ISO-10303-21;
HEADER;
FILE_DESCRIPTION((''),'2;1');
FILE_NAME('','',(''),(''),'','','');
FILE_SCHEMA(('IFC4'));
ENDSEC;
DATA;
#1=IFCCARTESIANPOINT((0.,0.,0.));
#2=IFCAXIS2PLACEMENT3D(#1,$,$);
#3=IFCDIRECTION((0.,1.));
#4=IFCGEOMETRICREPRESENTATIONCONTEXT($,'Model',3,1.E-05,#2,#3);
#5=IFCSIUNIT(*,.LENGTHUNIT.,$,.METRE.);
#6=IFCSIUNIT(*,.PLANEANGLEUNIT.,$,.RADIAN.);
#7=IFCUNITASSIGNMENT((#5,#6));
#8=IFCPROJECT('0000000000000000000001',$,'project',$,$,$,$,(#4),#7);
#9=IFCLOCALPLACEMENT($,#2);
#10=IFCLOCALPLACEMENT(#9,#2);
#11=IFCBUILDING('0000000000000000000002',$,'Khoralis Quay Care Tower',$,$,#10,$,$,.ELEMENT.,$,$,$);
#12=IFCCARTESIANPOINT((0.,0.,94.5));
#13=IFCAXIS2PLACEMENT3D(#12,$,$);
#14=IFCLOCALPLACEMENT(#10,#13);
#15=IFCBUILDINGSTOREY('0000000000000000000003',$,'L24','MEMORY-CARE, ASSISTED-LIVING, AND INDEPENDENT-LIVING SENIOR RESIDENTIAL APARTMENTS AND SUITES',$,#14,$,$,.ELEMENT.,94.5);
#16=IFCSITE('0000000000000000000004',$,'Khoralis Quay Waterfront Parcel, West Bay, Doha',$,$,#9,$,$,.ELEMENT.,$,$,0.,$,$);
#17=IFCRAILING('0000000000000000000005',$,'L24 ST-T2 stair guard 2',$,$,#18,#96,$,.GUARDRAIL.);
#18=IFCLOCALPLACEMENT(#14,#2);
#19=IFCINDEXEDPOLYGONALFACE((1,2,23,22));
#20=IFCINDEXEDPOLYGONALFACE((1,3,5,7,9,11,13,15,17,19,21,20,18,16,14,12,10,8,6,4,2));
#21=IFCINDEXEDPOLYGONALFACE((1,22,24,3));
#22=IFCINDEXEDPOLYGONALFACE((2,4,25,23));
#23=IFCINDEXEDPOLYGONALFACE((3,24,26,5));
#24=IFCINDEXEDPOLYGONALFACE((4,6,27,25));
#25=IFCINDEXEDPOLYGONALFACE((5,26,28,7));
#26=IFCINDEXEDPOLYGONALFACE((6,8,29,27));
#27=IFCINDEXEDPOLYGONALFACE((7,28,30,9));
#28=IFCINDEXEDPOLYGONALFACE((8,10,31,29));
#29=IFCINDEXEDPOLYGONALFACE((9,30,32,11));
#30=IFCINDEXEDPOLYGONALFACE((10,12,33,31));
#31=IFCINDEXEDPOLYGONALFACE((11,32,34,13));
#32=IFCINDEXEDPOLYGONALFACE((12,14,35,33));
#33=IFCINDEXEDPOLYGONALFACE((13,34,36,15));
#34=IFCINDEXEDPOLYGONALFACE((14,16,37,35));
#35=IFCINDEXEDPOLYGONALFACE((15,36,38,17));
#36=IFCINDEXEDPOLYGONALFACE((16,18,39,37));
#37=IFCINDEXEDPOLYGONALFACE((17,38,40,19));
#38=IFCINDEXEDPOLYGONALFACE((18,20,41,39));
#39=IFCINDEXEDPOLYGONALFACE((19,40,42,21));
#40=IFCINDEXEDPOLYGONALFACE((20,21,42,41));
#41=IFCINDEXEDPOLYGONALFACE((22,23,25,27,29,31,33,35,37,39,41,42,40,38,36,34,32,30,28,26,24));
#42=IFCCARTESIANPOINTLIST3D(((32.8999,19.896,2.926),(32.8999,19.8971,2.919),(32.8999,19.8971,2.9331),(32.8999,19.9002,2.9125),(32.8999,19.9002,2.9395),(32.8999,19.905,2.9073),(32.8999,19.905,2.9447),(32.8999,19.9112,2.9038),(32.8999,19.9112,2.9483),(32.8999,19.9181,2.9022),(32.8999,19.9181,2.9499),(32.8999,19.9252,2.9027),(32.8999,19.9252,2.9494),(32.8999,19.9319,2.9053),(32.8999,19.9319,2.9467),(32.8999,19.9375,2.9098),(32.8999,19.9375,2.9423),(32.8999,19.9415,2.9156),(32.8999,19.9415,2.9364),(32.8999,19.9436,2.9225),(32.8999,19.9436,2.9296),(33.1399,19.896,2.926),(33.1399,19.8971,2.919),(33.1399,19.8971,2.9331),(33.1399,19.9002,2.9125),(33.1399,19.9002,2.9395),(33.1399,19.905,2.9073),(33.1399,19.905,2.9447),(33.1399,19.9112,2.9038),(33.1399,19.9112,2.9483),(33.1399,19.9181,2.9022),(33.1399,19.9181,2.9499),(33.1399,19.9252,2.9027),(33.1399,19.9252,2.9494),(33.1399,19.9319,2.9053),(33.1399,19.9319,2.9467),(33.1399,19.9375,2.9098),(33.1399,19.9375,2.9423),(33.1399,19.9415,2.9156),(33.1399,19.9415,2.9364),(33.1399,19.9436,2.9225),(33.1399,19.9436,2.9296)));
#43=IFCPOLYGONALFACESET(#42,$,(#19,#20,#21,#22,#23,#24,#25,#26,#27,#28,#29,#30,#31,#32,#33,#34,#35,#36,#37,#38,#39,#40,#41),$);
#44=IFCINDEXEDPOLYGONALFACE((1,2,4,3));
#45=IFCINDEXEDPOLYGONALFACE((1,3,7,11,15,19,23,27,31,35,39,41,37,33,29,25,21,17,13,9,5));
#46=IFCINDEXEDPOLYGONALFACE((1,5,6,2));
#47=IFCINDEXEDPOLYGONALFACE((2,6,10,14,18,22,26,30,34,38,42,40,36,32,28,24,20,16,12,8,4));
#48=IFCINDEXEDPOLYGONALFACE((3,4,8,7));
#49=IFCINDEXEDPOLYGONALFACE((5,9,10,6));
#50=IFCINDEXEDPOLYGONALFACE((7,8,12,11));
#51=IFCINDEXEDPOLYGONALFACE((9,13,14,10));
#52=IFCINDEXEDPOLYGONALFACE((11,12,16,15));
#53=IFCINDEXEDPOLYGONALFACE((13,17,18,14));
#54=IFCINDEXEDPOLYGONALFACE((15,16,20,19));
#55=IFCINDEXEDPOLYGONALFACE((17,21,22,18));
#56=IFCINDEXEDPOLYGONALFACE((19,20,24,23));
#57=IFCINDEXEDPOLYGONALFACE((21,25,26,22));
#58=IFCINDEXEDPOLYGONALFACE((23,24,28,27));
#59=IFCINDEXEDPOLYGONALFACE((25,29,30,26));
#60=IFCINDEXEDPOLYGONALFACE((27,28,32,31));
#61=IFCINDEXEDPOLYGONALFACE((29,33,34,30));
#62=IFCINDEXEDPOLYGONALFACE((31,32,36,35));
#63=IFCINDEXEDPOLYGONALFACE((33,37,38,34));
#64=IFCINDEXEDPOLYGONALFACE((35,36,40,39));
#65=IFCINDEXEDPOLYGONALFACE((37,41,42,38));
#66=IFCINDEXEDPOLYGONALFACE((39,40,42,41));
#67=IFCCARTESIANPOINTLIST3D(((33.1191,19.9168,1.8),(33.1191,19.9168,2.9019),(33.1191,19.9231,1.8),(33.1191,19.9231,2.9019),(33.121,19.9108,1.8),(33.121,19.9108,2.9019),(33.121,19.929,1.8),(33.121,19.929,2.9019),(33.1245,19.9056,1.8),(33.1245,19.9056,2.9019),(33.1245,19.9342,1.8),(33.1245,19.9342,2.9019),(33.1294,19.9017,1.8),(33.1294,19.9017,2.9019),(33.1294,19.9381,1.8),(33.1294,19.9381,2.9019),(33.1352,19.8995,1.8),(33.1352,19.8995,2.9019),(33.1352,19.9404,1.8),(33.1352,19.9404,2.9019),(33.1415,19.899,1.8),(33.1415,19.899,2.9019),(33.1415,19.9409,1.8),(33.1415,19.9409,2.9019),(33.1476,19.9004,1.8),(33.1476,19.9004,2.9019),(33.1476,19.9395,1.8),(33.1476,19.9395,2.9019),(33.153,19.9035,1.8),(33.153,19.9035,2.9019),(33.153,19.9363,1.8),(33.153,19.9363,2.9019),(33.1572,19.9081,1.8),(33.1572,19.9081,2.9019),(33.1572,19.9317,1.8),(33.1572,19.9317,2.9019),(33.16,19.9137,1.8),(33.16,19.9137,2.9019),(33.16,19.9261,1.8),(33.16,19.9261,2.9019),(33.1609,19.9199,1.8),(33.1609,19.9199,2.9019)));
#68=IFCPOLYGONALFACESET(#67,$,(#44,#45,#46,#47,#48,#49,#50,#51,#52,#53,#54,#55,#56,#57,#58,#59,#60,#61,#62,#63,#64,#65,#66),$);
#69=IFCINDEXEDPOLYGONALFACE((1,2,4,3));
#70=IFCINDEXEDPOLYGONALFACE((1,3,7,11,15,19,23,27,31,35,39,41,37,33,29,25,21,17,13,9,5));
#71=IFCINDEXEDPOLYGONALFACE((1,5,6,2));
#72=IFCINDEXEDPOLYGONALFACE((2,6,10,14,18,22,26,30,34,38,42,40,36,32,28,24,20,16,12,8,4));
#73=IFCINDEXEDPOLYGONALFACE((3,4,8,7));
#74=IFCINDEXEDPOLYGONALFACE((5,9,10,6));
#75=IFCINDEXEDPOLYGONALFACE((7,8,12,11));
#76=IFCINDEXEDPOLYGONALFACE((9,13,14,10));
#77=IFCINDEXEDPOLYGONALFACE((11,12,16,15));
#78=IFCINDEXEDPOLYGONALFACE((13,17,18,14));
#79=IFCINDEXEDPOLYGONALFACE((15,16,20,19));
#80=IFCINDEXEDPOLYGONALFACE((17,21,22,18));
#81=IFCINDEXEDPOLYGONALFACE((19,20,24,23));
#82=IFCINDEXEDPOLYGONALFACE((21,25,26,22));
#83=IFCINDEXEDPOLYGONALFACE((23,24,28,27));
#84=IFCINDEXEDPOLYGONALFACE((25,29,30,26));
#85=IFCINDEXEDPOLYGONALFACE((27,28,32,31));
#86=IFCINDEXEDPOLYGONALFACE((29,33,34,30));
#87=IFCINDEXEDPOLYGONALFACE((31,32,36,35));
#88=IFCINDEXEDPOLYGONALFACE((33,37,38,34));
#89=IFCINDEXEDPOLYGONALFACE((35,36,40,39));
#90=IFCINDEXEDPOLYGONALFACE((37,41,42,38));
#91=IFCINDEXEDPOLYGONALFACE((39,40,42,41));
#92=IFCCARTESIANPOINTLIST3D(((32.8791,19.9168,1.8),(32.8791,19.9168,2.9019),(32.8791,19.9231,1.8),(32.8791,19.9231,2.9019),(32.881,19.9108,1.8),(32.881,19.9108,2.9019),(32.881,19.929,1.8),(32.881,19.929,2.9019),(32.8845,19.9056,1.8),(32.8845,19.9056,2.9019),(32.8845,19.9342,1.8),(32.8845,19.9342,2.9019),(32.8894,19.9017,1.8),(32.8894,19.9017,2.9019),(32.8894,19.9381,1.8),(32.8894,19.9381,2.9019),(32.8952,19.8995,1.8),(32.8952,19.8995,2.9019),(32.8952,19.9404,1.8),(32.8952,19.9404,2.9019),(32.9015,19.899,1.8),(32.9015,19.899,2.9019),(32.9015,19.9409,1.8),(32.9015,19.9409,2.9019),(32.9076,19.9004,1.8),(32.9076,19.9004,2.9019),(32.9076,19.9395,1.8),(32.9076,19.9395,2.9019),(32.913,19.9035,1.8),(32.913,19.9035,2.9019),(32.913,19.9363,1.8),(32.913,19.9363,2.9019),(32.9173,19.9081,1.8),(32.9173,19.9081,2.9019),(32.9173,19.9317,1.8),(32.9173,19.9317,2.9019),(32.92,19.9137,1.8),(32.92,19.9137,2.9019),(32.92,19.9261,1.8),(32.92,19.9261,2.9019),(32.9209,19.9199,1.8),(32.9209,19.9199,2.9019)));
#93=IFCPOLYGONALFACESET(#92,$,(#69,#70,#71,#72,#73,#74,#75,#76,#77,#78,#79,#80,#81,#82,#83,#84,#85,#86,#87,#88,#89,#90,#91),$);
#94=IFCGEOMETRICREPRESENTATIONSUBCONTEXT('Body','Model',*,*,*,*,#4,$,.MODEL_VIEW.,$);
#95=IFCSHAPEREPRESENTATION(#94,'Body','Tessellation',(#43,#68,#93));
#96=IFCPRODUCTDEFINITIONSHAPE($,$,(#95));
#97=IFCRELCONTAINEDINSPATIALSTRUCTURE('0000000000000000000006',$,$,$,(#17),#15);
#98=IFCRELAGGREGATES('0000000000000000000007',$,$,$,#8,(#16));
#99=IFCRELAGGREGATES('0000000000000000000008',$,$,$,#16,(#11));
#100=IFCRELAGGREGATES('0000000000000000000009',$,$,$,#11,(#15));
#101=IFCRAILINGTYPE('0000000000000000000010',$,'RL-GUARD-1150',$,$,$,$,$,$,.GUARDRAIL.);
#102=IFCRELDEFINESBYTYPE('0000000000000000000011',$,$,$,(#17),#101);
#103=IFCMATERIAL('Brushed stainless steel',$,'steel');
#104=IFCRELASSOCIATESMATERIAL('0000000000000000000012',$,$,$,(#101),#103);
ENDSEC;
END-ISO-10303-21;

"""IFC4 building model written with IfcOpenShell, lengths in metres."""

from ifc_helpers import new_model, si_unit, direction, frame, origin, origin_2d, place, context, subcontext, project, spatial, circle, extrude, material, type_object, element, save


model = new_model("IFC4")

# Units and contexts
model_context = context("Model", 3, precision=1e-05, world=origin(), true_north=direction((0.0, 1.0)))
body_context = subcontext(model_context, "Body", "Model", "MODEL_VIEW")
ifc_project = project(units=[si_unit("LENGTHUNIT", "METRE"), si_unit("PLANEANGLEUNIT", "RADIAN")], contexts=[model_context])

# Site, building, storey
site_placement = place(None, origin())
site = spatial("IfcSite", under=ifc_project, at=site_placement, Name="Khoralis Quay Waterfront Parcel, West Bay, Doha", CompositionType="ELEMENT", RefElevation=0.0)
building_placement = place(site_placement, origin())
building = spatial("IfcBuilding", under=site, at=building_placement, Name="Khoralis Quay Care Tower", CompositionType="ELEMENT")
storey_placement = place(building_placement, frame((0.0, 0.0, 94.5)))
storey = spatial("IfcBuildingStorey", under=building, at=storey_placement, Name="L24", Description="MEMORY-CARE, ASSISTED-LIVING, AND INDEPENDENT-LIVING SENIOR RESIDENTIAL APARTMENTS AND SUITES", CompositionType="ELEMENT", Elevation=94.5)

# Railing
ifc_material_1 = material(Name="Brushed stainless steel", Category="steel")
railing_type_1 = type_object("IfcRailingType", Name="RL-GUARD-1150", PredefinedType="GUARDRAIL", material=ifc_material_1)
railing_1_placement = place(storey_placement, frame((33.1399, 19.9199, 1.8)))
element("IfcRailing", 1, at=railing_1_placement, inside=storey, type_object=railing_type_1, Name="L24 ST-T2 stair guard 2", PredefinedType="GUARDRAIL", context=body_context, shape_type="SweptSolid", body=[
    extrude(circle(Radius=0.0239, at=origin_2d()), frame((0.0, 0.0, 1.126), z_axis=(-1.0, 0.0, 0.0), x_axis=(0.0, -1.0, 0.0)), (0.0, 0.0, 1.0), 0.24),
    extrude(circle(Radius=0.021, at=origin_2d()), origin(), (0.0, 0.0, 1.0), 1.1018),
    extrude(circle(Radius=0.021, at=origin_2d()), frame((-0.24, 0.0, 0.0)), (0.0, 0.0, 1.0), 1.1018),
])

save(model, "model.ifc")
